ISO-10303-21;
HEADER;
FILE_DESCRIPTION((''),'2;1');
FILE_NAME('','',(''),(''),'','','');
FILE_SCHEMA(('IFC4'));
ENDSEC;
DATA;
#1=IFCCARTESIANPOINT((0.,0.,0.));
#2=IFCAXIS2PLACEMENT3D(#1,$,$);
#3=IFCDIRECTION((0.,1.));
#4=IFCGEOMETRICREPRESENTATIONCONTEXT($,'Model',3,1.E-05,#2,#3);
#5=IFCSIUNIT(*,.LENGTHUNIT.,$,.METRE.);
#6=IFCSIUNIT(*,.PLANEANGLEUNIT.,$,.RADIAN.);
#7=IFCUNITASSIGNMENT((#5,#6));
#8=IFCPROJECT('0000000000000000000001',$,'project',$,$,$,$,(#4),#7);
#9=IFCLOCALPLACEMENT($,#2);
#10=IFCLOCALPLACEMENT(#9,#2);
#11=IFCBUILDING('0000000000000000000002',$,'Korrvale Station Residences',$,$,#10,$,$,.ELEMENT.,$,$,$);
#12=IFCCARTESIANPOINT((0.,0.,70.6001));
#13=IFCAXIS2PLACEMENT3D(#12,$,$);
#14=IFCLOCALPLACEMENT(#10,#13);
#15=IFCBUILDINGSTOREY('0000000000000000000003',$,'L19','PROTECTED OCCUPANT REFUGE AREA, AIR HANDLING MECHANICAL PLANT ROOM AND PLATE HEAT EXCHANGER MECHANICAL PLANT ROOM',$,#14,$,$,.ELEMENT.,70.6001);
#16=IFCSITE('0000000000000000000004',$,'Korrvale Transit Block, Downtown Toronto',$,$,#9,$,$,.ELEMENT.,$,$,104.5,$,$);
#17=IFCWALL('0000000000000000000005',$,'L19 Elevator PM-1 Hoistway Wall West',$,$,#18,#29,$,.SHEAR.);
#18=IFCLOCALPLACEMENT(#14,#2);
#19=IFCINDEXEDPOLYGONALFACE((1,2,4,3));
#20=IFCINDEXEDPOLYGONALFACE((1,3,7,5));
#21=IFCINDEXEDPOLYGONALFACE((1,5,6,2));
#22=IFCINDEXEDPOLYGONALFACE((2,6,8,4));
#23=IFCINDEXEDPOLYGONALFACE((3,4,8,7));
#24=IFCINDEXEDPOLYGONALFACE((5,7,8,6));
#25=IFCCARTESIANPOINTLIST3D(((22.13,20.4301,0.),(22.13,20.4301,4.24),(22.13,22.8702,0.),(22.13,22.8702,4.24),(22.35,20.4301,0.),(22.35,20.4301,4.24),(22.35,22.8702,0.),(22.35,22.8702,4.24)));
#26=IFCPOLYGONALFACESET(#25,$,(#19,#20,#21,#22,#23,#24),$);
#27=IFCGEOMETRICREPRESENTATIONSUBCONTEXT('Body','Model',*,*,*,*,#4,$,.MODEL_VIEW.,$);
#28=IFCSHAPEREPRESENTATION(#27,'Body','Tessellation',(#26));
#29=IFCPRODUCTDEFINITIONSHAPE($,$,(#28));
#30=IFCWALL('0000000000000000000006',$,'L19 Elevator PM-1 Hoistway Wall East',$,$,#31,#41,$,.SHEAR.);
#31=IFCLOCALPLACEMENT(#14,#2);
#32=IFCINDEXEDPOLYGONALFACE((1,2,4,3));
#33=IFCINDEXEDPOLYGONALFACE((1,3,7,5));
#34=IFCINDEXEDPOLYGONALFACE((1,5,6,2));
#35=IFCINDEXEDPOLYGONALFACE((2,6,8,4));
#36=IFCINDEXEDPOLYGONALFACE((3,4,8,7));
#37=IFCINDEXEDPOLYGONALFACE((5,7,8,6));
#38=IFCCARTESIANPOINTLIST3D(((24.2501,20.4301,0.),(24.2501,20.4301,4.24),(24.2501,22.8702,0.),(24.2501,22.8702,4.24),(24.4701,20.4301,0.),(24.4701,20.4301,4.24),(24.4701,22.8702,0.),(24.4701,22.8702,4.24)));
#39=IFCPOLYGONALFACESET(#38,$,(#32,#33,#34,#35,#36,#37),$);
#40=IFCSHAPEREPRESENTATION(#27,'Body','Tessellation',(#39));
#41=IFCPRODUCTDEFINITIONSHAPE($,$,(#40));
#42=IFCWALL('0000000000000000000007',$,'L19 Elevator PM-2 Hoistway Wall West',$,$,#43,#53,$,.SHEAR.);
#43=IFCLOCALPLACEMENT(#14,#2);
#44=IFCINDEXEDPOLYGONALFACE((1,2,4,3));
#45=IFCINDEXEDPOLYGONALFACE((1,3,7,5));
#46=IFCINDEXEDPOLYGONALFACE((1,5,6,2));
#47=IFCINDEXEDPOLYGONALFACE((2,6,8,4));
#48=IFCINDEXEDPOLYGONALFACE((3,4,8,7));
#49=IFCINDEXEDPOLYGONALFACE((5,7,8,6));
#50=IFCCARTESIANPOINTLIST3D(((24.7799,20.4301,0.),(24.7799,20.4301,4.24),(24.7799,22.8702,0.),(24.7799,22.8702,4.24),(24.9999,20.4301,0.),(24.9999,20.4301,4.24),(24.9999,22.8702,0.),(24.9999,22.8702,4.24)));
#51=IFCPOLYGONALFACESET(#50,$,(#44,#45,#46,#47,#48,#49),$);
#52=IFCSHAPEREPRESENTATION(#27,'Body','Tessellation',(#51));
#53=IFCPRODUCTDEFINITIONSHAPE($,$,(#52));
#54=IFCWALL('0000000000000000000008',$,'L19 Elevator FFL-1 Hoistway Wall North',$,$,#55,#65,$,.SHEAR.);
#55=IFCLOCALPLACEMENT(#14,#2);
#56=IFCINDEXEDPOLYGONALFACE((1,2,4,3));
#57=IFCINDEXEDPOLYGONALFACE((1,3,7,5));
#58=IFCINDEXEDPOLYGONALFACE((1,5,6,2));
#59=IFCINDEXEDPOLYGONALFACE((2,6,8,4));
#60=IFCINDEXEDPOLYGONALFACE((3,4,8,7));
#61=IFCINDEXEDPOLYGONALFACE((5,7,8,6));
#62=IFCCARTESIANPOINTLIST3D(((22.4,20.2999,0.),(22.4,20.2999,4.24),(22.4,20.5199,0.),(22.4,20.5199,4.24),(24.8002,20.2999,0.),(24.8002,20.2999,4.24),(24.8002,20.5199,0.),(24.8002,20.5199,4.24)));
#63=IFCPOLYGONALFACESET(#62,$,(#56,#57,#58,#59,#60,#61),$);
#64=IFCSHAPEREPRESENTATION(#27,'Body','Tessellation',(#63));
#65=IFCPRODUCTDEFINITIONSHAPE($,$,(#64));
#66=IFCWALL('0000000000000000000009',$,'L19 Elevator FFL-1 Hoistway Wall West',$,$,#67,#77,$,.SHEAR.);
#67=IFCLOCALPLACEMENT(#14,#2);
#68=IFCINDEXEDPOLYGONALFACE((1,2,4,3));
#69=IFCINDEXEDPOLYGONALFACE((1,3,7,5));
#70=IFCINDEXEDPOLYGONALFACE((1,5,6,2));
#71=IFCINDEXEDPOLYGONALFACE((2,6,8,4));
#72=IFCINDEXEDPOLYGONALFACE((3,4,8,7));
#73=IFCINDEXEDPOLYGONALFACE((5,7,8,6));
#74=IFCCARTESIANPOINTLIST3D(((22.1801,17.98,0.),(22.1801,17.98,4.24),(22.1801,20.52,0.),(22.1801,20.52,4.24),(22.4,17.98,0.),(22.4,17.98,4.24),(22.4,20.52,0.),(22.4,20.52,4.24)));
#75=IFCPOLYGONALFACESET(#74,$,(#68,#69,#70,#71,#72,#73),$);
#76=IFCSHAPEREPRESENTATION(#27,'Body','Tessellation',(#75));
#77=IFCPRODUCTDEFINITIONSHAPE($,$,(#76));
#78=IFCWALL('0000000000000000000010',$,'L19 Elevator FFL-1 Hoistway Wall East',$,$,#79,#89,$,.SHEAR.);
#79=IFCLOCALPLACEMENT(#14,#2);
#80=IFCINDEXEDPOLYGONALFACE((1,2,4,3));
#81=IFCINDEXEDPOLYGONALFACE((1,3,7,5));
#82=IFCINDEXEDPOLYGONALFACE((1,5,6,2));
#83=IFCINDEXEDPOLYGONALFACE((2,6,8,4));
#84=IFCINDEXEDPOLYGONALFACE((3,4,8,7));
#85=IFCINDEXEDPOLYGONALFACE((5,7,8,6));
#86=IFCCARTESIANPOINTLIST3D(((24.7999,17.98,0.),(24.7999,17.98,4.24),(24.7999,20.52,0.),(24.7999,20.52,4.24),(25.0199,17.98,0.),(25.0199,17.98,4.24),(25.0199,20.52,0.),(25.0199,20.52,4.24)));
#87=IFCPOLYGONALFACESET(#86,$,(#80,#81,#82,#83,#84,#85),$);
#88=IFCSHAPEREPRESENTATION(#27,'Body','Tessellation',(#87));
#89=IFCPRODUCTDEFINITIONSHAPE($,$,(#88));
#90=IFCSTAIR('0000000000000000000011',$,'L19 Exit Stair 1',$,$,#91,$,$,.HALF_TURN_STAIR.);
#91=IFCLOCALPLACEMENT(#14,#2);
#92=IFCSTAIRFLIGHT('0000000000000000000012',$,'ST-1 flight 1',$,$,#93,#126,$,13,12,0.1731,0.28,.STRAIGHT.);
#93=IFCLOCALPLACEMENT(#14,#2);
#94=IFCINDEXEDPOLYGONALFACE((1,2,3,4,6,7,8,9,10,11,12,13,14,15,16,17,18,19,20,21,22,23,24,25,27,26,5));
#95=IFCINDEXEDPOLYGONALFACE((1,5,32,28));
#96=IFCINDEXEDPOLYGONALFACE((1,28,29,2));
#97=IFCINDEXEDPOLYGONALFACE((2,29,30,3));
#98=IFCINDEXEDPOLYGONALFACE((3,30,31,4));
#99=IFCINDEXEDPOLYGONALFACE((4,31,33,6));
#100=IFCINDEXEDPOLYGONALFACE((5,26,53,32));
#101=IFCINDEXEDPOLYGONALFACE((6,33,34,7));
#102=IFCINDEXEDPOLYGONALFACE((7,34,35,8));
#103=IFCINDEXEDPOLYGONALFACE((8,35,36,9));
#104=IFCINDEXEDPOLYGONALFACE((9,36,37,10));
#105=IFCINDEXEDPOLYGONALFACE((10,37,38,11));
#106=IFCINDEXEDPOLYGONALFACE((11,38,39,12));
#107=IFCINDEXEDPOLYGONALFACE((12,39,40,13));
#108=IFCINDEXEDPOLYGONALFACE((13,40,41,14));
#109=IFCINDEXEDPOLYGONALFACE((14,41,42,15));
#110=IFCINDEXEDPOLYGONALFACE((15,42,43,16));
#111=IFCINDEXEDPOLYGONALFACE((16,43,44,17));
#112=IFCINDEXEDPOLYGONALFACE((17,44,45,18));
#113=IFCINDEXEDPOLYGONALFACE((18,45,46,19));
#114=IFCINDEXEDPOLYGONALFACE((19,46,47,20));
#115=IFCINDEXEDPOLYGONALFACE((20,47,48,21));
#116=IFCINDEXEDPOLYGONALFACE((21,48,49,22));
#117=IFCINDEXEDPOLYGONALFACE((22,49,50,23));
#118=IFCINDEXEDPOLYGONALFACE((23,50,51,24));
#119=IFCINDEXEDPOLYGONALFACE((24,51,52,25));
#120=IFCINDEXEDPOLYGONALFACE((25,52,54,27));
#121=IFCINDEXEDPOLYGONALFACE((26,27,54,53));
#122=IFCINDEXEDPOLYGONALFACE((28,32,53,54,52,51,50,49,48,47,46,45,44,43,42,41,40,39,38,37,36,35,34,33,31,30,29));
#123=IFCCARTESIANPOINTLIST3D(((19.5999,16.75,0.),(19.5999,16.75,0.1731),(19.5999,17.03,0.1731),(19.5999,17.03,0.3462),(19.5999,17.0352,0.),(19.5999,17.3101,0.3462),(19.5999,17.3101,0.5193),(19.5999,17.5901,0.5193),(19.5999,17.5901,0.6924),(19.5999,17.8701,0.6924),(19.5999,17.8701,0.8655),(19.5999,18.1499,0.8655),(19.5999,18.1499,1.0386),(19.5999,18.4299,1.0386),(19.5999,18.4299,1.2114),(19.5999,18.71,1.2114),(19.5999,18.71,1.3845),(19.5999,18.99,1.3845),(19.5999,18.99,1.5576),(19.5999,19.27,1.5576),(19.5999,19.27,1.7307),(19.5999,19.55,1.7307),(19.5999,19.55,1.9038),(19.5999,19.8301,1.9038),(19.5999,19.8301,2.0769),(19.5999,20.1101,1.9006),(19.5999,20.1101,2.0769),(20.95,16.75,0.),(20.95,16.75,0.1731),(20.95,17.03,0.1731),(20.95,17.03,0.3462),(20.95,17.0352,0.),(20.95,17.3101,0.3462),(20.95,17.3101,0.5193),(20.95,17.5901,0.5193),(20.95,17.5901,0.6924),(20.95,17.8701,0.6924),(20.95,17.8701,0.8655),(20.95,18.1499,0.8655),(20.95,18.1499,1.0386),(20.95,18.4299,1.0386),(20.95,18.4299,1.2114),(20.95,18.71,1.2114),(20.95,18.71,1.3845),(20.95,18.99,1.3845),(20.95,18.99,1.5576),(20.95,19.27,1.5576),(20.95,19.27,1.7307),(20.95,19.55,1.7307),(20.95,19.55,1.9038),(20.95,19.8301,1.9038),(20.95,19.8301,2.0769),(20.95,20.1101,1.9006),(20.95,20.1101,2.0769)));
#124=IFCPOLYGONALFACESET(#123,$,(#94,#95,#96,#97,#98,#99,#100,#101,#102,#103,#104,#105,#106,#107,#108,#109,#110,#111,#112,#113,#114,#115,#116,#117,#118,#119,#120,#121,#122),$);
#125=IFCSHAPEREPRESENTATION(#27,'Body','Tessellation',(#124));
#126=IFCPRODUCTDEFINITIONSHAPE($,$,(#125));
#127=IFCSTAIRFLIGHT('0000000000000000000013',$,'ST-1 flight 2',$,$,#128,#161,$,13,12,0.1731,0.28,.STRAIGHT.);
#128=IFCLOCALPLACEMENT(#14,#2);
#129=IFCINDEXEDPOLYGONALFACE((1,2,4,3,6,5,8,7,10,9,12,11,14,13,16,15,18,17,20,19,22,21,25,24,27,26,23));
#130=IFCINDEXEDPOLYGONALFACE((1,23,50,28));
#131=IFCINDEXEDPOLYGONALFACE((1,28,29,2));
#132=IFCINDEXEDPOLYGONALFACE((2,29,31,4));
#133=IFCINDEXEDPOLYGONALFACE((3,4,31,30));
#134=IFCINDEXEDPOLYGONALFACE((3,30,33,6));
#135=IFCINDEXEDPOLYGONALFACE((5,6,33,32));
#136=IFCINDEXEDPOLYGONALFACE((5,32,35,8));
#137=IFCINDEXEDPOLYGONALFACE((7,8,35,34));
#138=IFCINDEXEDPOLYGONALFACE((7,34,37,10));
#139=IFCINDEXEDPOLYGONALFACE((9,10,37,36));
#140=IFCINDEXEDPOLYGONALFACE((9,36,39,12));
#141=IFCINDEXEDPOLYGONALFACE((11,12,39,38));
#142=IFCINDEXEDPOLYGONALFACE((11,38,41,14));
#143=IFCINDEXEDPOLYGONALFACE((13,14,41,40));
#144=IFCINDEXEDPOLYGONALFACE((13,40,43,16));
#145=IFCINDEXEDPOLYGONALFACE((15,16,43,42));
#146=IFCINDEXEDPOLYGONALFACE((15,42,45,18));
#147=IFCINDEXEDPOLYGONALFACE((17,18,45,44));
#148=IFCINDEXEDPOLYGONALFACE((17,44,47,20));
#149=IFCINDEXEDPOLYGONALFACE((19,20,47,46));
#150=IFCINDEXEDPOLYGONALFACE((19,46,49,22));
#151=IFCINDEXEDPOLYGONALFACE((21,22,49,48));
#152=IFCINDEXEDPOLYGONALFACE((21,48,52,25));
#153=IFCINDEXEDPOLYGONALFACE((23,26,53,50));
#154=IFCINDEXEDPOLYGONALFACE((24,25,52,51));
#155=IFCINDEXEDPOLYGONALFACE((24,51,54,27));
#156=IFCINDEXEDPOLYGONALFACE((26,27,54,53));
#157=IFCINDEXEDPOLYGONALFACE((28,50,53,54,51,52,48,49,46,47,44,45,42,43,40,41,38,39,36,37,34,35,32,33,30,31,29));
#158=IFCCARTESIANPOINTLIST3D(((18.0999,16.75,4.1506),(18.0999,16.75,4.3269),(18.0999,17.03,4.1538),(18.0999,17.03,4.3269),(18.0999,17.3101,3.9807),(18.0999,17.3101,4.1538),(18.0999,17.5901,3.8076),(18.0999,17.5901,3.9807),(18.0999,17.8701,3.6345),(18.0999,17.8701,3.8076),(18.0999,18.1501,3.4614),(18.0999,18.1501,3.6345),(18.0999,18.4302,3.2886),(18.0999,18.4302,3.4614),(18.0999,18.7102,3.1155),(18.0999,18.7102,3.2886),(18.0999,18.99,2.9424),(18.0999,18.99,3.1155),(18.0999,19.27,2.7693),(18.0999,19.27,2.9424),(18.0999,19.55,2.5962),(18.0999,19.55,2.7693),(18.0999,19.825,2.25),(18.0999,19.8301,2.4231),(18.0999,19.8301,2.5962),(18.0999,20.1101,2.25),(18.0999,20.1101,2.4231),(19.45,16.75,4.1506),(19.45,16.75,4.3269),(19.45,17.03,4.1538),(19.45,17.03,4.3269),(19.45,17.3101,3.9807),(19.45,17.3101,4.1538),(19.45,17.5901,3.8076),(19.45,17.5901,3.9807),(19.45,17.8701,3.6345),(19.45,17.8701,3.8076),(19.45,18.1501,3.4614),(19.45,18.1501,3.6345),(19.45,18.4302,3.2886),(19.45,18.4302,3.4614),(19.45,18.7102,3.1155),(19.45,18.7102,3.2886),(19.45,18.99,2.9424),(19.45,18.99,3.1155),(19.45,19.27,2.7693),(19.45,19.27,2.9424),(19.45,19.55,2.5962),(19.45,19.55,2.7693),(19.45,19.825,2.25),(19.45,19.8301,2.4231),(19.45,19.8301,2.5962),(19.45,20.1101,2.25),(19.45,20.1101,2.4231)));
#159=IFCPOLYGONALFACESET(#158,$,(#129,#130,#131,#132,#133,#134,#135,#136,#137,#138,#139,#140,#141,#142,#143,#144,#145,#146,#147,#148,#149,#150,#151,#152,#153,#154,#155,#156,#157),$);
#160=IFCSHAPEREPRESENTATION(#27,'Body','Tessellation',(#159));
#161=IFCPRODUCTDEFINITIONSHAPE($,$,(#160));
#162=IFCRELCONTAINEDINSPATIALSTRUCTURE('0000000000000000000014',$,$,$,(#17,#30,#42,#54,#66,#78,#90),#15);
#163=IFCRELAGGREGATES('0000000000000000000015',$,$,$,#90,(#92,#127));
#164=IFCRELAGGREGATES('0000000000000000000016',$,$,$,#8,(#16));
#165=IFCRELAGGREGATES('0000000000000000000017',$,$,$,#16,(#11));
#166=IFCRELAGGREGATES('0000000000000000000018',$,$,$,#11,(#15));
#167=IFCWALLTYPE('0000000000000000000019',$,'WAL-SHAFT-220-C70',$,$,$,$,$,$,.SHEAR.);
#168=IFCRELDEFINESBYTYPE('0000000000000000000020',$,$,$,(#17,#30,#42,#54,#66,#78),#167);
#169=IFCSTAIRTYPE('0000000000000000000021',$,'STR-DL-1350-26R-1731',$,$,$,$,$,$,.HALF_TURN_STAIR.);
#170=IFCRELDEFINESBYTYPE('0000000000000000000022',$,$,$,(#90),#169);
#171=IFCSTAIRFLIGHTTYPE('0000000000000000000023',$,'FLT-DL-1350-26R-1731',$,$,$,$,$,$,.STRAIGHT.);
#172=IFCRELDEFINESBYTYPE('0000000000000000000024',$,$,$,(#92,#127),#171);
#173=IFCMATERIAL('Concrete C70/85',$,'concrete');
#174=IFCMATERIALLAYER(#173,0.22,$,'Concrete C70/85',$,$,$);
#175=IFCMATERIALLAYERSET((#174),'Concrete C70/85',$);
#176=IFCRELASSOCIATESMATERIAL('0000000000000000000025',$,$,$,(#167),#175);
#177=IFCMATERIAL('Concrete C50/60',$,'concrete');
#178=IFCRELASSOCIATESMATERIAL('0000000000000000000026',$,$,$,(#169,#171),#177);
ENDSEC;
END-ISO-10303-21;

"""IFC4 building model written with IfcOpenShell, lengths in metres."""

from ifc_helpers import new_model, si_unit, direction, frame, frame_2d, origin, place, context, subcontext, project, spatial, polyline, rectangle, outline, extrude, material, layer, layer_set, type_object, element, aggregate, save


model = new_model("IFC4")

# Units and contexts
model_context = context("Model", 3, precision=1e-05, world=origin(), true_north=direction((0.0, 1.0)))
body_context = subcontext(model_context, "Body", "Model", "MODEL_VIEW")
ifc_project = project(units=[si_unit("LENGTHUNIT", "METRE"), si_unit("PLANEANGLEUNIT", "RADIAN")], contexts=[model_context])

# Site, building, storey
site_placement = place(None, origin())
site = spatial("IfcSite", under=ifc_project, at=site_placement, Name="Korrvale Transit Block, Downtown Toronto", CompositionType="ELEMENT", RefElevation=104.5)
building_placement = place(site_placement, origin())
building = spatial("IfcBuilding", under=site, at=building_placement, Name="Korrvale Station Residences", CompositionType="ELEMENT")
storey_placement = place(building_placement, frame((0.0, 0.0, 70.6001)))
storey = spatial("IfcBuildingStorey", under=building, at=storey_placement, Name="L19", Description="PROTECTED OCCUPANT REFUGE AREA, AIR HANDLING MECHANICAL PLANT ROOM AND PLATE HEAT EXCHANGER MECHANICAL PLANT ROOM", CompositionType="ELEMENT", Elevation=70.6001)

# Shared definitions
ifc_material_1 = material(Name="Concrete C70/85", Category="concrete")

# Walls
ifc_layer_1 = layer(ifc_material_1, 0.22, Name="Concrete C70/85")
ifc_layer_set_1 = layer_set([ifc_layer_1], Name="Concrete C70/85")
wall_type_1 = type_object("IfcWallType", Name="WAL-SHAFT-220-C70", PredefinedType="SHEAR", material=ifc_layer_set_1)
for number, where, z_axis, x_axis, name in (
    (1, (22.24, 20.4299, 0.0), (0.0, 0.0, 1.0), (0.0, 1.0, 0.0), "L19 Elevator PM-1 Hoistway Wall West"),
    (2, (24.3601, 20.4299, 0.0), (0.0, 0.0, 1.0), (0.0, 1.0, 0.0), "L19 Elevator PM-1 Hoistway Wall East"),
    (3, (24.8899, 20.4299, 0.0), (0.0, 0.0, 1.0), (0.0, 1.0, 0.0), "L19 Elevator PM-2 Hoistway Wall West"),
):
    element("IfcWall", number, at=place(storey_placement, frame(where, z_axis=z_axis, x_axis=x_axis)), inside=storey, type_object=wall_type_1, Name=name, PredefinedType="SHEAR", context=body_context, shape_type="SweptSolid", body=[
        extrude(rectangle(XDim=2.4402, YDim=0.22, at=frame_2d((1.2202, 0.0))), origin(), (0.0, 0.0, 1.0), 4.24),
    ])

# Walls
wall_1_placement = place(storey_placement, frame((22.3999, 20.4099, 0.0), z_axis=(0.0, 0.0, 1.0), x_axis=(1.0, 0.0, 0.0)))
element("IfcWall", 4, at=wall_1_placement, inside=storey, type_object=wall_type_1, Name="L19 Elevator FFL-1 Hoistway Wall North", PredefinedType="SHEAR", context=body_context, shape_type="SweptSolid", body=[
    extrude(rectangle(XDim=2.4001, YDim=0.22, at=frame_2d((1.2002, 0.0))), origin(), (0.0, 0.0, 1.0), 4.24),
])
for number, where, z_axis, x_axis, name in (
    (5, (22.29, 17.98, 0.0), (0.0, 0.0, 1.0), (0.0, 1.0, 0.0), "L19 Elevator FFL-1 Hoistway Wall West"),
    (6, (24.9099, 17.98, 0.0), (0.0, 0.0, 1.0), (0.0, 1.0, 0.0), "L19 Elevator FFL-1 Hoistway Wall East"),
):
    element("IfcWall", number, at=place(storey_placement, frame(where, z_axis=z_axis, x_axis=x_axis)), inside=storey, type_object=wall_type_1, Name=name, PredefinedType="SHEAR", context=body_context, shape_type="SweptSolid", body=[
        extrude(rectangle(XDim=2.54, YDim=0.22, at=frame_2d((1.27, 0.0))), origin(), (0.0, 0.0, 1.0), 4.24),
    ])

# Stair, stair flights
ifc_material_2 = material(Name="Concrete C50/60", Category="concrete")
stair_type = type_object("IfcStairType", Name="STR-DL-1350-26R-1731", PredefinedType="HALF_TURN_STAIR", material=ifc_material_2)
stair_placement = place(storey_placement, origin())
stair = element("IfcStair", 7, at=stair_placement, inside=storey, type_object=stair_type, Name="L19 Exit Stair 1", PredefinedType="HALF_TURN_STAIR")
stair_flight_type = type_object("IfcStairFlightType", Name="FLT-DL-1350-26R-1731", PredefinedType="STRAIGHT", material=ifc_material_2)
stair_flight_1_placement = place(storey_placement, frame((20.2749, 16.75, 0.0), z_axis=(0.0, 0.0, 1.0), x_axis=(0.0, 1.0, 0.0)))
stair_flight_1 = element("IfcStairFlight", 8, at=stair_flight_1_placement, type_object=stair_flight_type, Name="ST-1 flight 1", NumberOfRisers=13, NumberOfTreads=12, PredefinedType="STRAIGHT", RiserHeight=0.1731, TreadLength=0.28, context=body_context, shape_type="SweptSolid", body=[
    extrude(outline(polyline([(0.0, 0.0), (0.0, 0.1731), (0.28, 0.1731), (0.28, 0.3462), (0.5601, 0.3462), (0.5601, 0.5193), (0.8401, 0.5193), (0.8401, 0.6924), (1.1201, 0.6924), (1.1201, 0.8655), (1.3999, 0.8655), (1.3999, 1.0386), (1.6799, 1.0386), (1.6799, 1.2114), (1.96, 1.2114), (1.96, 1.3845), (2.24, 1.3845), (2.24, 1.5576), (2.52, 1.5576), (2.52, 1.7307), (2.8, 1.7307), (2.8, 1.9038), (3.0801, 1.9038), (3.0801, 2.0769), (3.3601, 2.0769), (3.3601, 2.25), (3.3601, 1.9006), (0.2852, 0.0), (0.0, 0.0)])), frame((0.0, 0.675, 0.0), z_axis=(0.0, -1.0, 0.0), x_axis=(1.0, 0.0, 0.0)), (0.0, 0.0, 1.0), 1.3501),
])
stair_flight_2_placement = place(storey_placement, frame((18.7749, 20.1101, 2.25), z_axis=(0.0, 0.0, 1.0), x_axis=(0.0, -1.0, 0.0)))
stair_flight_2 = element("IfcStairFlight", 9, at=stair_flight_2_placement, type_object=stair_flight_type, Name="ST-1 flight 2", NumberOfRisers=13, NumberOfTreads=12, PredefinedType="STRAIGHT", RiserHeight=0.1731, TreadLength=0.28, context=body_context, shape_type="SweptSolid", body=[
    extrude(outline(polyline([(0.0, 0.0), (0.0, 0.1731), (0.28, 0.1731), (0.28, 0.3462), (0.5601, 0.3462), (0.5601, 0.5193), (0.8401, 0.5193), (0.8401, 0.6924), (1.1201, 0.6924), (1.1201, 0.8655), (1.3999, 0.8655), (1.3999, 1.0386), (1.6799, 1.0386), (1.6799, 1.2114), (1.96, 1.2114), (1.96, 1.3845), (2.24, 1.3845), (2.24, 1.5576), (2.52, 1.5576), (2.52, 1.7307), (2.8, 1.7307), (2.8, 1.9038), (3.0801, 1.9038), (3.0801, 2.0769), (3.3601, 2.0769), (3.3601, 2.25), (3.3601, 1.9006), (0.2852, 0.0), (0.0, 0.0)])), frame((0.0, 0.675, 0.0), z_axis=(0.0, -1.0, 0.0), x_axis=(1.0, 0.0, 0.0)), (0.0, 0.0, 1.0), 1.3501),
])
aggregate(stair, [stair_flight_1, stair_flight_2])

save(model, "model.ifc")
